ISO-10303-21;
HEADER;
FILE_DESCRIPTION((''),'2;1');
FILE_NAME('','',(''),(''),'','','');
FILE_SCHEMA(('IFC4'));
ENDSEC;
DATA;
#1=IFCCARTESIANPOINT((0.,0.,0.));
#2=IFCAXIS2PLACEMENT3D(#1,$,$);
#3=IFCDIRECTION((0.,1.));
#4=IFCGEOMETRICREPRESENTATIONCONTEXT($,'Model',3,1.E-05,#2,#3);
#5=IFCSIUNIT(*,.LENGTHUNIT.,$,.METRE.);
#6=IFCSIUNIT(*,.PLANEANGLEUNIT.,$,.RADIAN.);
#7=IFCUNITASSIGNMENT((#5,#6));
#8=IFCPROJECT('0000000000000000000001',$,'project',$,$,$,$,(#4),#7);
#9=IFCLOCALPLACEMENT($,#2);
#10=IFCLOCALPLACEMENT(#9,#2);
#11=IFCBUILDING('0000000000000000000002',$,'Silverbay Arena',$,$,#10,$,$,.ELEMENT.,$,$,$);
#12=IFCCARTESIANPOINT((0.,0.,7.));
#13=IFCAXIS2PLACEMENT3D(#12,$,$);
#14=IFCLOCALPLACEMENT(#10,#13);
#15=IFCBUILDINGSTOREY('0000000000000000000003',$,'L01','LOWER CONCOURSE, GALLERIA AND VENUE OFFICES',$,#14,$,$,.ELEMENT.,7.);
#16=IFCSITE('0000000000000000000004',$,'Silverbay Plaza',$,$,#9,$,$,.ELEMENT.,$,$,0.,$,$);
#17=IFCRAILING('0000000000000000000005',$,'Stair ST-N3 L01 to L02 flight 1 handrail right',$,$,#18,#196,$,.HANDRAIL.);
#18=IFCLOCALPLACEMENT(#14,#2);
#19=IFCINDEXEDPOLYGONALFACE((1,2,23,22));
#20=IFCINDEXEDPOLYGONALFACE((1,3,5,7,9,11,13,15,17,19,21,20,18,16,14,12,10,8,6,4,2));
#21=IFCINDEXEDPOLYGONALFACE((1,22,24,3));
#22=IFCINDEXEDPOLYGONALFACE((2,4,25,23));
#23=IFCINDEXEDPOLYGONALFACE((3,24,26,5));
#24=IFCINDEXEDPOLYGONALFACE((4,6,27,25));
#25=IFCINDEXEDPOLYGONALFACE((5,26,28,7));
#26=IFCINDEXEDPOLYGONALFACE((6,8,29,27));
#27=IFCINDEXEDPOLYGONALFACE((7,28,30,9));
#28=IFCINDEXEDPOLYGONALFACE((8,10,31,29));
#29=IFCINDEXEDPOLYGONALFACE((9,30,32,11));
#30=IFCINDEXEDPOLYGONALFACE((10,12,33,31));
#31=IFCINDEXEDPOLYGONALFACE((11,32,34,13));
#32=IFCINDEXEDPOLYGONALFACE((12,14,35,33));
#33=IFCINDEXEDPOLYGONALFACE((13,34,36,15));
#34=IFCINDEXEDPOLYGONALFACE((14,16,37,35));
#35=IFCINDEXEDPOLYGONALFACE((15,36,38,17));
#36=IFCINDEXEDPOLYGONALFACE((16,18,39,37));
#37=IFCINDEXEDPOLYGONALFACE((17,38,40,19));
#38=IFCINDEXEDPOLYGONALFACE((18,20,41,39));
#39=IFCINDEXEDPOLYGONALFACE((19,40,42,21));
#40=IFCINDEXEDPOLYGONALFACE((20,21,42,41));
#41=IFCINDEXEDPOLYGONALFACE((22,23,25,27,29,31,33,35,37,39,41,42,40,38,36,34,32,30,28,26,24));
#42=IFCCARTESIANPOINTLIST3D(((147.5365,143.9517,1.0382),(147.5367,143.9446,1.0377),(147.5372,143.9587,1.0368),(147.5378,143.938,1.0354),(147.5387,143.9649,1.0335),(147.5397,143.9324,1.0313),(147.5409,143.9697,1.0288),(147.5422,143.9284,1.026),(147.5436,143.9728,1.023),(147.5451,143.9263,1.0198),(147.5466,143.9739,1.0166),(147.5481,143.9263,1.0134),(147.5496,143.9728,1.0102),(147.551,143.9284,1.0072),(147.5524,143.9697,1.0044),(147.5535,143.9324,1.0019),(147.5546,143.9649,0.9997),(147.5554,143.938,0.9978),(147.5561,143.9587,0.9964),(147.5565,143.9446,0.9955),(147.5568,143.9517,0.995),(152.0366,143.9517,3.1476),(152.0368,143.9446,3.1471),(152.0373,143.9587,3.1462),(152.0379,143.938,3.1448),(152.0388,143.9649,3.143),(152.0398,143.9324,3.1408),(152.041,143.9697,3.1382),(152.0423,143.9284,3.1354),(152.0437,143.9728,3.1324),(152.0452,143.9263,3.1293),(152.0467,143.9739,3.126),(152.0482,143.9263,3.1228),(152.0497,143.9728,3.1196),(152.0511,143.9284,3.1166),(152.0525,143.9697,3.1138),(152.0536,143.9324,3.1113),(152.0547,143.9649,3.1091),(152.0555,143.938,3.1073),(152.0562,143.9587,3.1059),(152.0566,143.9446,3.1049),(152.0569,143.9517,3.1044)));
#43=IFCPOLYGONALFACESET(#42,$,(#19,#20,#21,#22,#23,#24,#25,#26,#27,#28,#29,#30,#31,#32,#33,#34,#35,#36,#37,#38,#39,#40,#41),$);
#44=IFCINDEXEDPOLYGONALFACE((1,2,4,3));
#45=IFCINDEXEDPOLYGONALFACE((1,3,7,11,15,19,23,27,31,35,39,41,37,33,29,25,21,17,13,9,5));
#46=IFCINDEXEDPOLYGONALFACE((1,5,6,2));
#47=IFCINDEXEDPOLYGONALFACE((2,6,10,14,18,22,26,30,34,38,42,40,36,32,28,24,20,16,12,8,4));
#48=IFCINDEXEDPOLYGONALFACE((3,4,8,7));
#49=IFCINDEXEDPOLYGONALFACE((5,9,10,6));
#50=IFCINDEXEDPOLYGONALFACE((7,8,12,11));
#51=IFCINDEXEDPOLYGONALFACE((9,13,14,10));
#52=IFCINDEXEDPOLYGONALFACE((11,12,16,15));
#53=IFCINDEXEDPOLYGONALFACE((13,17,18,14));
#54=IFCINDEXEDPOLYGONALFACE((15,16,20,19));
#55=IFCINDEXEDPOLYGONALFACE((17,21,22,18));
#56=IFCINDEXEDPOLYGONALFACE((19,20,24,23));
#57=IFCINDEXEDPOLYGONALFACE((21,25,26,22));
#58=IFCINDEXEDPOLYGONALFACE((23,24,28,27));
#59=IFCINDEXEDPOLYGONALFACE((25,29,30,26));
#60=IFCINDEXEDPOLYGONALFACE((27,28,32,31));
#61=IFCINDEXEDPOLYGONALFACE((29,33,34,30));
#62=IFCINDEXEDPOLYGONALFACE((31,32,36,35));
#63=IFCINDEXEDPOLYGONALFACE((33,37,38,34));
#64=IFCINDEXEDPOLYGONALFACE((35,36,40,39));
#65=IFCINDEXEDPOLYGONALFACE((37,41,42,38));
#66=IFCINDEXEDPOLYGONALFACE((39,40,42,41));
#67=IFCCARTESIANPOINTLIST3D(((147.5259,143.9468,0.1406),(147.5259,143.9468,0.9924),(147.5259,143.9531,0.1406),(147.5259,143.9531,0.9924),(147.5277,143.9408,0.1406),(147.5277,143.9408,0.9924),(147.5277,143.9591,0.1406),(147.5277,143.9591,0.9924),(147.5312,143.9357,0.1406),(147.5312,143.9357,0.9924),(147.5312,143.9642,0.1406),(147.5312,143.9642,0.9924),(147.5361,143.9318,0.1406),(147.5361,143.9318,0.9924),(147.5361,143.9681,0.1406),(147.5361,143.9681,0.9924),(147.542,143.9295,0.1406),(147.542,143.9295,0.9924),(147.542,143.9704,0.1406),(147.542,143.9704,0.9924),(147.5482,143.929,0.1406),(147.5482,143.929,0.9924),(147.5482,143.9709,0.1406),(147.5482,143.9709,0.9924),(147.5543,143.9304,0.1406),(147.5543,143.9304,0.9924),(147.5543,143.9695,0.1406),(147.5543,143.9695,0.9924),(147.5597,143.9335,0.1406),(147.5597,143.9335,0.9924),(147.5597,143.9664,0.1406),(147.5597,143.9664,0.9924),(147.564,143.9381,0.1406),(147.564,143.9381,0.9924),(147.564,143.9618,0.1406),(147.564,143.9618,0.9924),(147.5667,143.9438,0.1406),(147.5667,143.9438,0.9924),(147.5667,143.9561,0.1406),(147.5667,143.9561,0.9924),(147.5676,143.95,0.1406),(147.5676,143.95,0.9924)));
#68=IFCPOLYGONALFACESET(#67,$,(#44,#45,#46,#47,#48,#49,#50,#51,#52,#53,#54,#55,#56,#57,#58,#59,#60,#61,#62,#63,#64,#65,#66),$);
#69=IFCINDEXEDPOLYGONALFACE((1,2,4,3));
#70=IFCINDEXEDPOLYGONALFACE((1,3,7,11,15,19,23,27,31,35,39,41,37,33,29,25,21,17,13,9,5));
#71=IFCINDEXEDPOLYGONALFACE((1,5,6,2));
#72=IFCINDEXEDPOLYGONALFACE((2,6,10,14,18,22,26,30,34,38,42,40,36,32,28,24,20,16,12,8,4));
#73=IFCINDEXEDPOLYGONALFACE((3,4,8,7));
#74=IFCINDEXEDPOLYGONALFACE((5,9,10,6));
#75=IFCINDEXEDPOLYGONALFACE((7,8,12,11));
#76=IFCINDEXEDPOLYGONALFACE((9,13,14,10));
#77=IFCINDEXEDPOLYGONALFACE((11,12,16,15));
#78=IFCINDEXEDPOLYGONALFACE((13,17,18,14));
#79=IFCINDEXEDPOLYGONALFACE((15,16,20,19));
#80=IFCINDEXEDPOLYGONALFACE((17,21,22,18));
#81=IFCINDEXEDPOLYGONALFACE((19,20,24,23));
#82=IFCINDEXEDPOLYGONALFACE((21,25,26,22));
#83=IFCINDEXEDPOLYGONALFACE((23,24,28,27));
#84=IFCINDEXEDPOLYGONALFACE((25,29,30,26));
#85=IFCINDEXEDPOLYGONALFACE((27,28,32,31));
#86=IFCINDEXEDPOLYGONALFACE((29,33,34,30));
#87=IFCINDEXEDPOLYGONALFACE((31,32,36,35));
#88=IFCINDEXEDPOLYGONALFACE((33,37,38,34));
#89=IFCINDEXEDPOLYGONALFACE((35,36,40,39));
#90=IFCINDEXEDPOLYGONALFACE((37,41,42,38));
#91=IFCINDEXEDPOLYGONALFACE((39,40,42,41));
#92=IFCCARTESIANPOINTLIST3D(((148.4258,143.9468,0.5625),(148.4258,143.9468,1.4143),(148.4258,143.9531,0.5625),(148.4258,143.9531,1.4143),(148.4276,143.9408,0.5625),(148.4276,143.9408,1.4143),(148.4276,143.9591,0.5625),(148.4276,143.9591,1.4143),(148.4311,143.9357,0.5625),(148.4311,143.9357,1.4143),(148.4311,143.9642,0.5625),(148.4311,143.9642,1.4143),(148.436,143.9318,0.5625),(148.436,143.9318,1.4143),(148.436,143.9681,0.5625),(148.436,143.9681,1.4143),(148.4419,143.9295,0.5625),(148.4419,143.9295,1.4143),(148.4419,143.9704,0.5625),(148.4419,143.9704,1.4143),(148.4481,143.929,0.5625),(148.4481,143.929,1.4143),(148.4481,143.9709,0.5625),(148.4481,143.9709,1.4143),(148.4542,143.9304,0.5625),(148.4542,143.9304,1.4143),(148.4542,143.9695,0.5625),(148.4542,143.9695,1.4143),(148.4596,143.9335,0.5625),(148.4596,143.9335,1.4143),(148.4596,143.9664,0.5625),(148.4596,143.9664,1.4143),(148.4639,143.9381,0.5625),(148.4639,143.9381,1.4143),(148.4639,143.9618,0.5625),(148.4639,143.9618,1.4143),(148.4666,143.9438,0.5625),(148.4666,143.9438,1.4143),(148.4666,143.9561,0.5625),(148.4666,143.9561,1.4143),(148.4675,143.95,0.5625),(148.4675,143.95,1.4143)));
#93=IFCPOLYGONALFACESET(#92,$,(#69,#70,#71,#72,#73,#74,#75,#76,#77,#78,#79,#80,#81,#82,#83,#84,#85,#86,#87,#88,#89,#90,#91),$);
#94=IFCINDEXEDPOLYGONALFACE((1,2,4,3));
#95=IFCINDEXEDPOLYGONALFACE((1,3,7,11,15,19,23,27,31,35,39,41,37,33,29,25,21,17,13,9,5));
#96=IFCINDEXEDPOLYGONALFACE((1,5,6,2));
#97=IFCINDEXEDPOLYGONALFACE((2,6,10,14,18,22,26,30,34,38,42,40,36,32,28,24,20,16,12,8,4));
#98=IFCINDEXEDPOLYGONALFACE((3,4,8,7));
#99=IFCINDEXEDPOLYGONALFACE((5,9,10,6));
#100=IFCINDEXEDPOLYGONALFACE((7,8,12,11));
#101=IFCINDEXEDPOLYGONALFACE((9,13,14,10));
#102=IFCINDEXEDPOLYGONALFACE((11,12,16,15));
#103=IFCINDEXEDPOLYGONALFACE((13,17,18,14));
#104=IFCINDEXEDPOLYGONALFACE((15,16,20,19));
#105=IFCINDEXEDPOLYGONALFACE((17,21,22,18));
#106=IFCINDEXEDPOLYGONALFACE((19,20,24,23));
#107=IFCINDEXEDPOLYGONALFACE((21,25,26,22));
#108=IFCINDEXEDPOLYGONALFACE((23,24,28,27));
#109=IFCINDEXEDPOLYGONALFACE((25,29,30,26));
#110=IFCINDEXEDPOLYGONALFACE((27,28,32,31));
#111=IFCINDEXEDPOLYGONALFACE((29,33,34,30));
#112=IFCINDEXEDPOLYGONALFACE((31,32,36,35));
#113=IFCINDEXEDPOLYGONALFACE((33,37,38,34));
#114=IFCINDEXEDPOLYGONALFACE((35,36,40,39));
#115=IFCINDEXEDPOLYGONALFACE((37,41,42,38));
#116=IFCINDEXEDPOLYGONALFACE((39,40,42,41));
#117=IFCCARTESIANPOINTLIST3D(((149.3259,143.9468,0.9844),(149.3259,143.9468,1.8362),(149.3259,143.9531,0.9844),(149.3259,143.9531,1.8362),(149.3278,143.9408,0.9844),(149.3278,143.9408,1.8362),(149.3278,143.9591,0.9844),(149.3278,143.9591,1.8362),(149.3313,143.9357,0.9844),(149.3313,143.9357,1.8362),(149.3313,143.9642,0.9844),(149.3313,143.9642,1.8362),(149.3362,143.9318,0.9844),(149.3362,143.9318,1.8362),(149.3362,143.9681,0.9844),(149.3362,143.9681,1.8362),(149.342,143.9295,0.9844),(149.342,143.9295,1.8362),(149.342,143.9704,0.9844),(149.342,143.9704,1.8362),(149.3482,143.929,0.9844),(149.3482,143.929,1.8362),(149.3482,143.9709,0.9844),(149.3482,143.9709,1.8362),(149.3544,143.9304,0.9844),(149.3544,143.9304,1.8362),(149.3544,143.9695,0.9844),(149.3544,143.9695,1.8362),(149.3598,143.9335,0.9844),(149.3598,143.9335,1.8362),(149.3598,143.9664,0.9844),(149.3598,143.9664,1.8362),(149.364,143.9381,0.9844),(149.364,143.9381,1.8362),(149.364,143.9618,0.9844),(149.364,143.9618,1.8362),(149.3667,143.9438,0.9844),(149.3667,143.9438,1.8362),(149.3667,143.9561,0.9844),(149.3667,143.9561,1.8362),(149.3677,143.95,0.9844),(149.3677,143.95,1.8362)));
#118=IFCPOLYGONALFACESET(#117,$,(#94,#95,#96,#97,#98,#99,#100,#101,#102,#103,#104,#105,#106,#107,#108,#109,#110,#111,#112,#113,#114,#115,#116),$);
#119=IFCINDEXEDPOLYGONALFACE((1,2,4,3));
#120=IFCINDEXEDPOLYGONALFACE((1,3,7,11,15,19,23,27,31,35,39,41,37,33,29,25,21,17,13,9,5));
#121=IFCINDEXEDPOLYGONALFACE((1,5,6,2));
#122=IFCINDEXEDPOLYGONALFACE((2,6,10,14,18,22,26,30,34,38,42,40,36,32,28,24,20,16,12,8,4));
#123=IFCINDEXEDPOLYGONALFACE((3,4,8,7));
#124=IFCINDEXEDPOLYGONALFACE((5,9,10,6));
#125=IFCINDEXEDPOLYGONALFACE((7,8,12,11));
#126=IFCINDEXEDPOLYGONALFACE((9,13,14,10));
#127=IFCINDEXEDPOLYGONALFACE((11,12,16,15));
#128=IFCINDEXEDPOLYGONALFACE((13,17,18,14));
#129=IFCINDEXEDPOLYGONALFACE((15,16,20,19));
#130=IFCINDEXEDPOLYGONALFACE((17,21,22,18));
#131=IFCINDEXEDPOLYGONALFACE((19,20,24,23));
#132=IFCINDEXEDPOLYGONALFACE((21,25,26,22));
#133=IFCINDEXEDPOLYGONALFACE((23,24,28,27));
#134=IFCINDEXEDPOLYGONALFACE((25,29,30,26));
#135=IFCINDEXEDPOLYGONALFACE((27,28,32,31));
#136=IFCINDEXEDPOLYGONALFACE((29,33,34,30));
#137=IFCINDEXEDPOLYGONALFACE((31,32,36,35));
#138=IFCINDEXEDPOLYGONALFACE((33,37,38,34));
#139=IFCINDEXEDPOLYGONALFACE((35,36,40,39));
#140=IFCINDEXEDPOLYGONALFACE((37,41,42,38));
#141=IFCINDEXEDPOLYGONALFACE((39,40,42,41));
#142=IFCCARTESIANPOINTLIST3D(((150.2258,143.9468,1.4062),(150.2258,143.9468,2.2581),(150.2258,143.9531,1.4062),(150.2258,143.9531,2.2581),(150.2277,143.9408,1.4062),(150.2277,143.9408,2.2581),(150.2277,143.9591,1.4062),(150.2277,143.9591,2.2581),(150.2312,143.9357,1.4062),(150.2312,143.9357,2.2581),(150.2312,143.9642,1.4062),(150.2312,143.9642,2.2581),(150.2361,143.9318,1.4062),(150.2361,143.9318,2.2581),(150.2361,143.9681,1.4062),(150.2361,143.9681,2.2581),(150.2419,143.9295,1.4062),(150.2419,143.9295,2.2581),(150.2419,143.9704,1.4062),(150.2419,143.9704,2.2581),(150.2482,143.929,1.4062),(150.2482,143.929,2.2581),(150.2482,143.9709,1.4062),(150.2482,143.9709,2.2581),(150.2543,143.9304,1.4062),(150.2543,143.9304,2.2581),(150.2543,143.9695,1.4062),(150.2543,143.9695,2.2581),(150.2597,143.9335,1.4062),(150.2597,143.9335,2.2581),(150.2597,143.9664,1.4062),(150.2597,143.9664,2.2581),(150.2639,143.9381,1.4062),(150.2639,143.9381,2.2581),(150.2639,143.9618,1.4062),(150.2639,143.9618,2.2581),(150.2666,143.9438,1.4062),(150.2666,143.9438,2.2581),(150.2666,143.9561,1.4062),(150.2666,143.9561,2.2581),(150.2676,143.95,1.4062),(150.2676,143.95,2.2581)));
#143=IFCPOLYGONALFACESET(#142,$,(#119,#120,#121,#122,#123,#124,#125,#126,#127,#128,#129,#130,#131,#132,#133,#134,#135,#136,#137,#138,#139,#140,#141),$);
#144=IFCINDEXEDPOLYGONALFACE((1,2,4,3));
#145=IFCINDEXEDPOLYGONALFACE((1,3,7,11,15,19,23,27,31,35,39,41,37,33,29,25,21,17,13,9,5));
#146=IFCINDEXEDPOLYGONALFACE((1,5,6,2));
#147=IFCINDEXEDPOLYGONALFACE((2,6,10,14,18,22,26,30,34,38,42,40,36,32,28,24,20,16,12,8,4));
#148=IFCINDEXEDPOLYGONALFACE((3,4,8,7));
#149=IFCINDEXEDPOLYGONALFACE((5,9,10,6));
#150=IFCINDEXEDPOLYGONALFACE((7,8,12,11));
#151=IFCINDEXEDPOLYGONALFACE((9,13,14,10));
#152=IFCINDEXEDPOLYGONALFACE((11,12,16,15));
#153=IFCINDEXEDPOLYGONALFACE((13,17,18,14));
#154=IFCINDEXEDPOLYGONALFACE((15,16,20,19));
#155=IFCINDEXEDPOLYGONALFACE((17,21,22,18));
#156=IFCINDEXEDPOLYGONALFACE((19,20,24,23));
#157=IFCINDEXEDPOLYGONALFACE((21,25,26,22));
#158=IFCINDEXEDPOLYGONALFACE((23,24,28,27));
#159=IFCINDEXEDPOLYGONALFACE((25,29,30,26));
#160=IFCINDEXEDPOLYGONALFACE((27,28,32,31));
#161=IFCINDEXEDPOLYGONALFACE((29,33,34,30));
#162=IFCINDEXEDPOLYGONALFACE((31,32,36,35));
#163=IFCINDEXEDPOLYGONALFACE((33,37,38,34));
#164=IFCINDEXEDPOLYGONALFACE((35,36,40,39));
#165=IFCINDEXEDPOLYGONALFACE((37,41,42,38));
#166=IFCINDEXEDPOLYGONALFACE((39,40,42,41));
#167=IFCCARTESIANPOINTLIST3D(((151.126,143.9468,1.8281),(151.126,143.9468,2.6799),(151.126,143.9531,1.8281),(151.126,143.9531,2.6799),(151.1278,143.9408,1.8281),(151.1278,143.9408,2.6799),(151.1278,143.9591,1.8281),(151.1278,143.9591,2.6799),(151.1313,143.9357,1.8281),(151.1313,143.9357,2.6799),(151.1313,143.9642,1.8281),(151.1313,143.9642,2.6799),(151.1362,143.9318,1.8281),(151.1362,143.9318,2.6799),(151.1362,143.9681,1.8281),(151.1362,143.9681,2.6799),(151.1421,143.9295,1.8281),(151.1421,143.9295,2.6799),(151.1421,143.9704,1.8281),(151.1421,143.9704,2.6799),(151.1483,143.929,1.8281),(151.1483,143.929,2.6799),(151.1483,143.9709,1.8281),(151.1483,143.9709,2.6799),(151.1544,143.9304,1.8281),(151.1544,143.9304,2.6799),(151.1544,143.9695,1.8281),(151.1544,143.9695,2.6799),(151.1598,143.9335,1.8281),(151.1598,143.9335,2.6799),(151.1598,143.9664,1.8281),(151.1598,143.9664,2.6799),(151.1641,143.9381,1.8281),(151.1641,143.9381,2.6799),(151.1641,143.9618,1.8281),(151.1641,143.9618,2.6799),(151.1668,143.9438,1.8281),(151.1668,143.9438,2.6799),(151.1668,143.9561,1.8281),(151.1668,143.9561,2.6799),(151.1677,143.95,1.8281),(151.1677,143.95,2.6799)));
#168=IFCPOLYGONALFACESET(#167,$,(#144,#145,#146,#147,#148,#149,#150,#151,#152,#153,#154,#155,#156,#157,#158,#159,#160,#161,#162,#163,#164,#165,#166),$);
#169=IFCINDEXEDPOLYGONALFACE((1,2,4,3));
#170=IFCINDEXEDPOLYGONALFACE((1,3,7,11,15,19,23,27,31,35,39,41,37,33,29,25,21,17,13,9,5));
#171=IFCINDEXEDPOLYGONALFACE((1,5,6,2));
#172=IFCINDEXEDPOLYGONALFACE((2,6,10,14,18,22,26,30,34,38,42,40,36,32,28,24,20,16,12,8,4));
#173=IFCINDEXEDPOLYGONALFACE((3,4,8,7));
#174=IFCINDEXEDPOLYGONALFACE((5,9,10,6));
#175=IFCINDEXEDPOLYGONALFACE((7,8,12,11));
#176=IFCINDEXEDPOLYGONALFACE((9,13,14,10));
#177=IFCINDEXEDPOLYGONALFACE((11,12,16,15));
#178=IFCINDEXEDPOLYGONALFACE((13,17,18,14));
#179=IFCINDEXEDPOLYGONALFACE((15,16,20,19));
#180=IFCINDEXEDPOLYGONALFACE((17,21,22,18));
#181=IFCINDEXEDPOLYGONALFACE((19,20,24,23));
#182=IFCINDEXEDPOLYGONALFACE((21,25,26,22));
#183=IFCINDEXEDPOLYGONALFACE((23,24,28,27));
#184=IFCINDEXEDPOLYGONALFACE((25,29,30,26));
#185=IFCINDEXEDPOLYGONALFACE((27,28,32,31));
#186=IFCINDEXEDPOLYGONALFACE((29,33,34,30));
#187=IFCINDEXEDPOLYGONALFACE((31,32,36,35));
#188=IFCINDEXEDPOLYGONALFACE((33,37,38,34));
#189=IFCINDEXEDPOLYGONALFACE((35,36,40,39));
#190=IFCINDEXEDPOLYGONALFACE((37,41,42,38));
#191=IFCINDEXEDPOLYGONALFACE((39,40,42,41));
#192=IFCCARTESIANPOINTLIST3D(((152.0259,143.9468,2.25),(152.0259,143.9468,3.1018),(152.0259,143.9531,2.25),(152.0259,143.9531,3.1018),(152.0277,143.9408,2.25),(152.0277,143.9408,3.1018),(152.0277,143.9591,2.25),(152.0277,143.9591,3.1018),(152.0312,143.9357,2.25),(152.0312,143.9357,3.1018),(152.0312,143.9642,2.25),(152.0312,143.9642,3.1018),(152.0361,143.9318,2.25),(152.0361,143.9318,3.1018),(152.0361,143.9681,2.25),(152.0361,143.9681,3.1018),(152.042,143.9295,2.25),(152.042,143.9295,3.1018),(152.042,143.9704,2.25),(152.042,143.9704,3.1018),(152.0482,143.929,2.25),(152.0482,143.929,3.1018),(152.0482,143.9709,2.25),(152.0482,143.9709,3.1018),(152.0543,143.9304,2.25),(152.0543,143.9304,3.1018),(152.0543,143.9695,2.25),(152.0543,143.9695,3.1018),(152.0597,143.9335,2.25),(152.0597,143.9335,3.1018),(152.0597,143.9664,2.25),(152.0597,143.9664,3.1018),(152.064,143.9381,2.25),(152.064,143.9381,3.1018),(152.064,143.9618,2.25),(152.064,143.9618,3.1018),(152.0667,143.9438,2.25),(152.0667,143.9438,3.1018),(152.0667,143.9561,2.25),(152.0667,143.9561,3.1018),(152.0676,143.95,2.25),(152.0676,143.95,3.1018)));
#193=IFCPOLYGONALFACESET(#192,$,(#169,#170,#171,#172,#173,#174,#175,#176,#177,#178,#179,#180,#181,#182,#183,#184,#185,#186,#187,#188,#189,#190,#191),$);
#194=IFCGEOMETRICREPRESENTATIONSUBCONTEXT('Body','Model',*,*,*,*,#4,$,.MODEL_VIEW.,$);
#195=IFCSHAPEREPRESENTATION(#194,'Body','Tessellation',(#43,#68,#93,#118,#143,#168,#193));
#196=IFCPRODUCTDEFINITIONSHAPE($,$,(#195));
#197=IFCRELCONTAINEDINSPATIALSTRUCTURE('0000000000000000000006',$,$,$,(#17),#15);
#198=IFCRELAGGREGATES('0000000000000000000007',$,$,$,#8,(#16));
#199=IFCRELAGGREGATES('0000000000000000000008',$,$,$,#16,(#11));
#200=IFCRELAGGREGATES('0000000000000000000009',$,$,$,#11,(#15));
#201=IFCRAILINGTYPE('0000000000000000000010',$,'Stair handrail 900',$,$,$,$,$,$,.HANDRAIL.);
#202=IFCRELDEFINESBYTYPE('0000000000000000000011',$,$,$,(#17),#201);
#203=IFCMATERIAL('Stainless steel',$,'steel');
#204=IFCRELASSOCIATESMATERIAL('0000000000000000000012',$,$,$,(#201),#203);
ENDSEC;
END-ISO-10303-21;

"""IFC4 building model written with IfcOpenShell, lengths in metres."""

from ifc_helpers import new_model, si_unit, direction, frame, origin, origin_2d, place, context, subcontext, project, spatial, circle, extrude, material, type_object, element, save


model = new_model("IFC4")

# Units and contexts
model_context = context("Model", 3, precision=1e-05, world=origin(), true_north=direction((0.0, 1.0)))
body_context = subcontext(model_context, "Body", "Model", "MODEL_VIEW")
ifc_project = project(units=[si_unit("LENGTHUNIT", "METRE"), si_unit("PLANEANGLEUNIT", "RADIAN")], contexts=[model_context])

# Site, building, storey
site_placement = place(None, origin())
site = spatial("IfcSite", under=ifc_project, at=site_placement, Name="Silverbay Plaza", CompositionType="ELEMENT", RefElevation=0.0)
building_placement = place(site_placement, origin())
building = spatial("IfcBuilding", under=site, at=building_placement, Name="Silverbay Arena", CompositionType="ELEMENT")
storey_placement = place(building_placement, frame((0.0, 0.0, 7.0)))
storey = spatial("IfcBuildingStorey", under=building, at=storey_placement, Name="L01", Description="LOWER CONCOURSE, GALLERIA AND VENUE OFFICES", CompositionType="ELEMENT", Elevation=7.0)

# Railing
ifc_material_1 = material(Name="Stainless steel", Category="steel")
railing_type_1 = type_object("IfcRailingType", Name="Stair handrail 900", PredefinedType="HANDRAIL", material=ifc_material_1)
for number, where, name in (
    (1, (147.5466, 143.95, 0.1406), "Stair ST-N3 L01 to L02 flight 1 handrail right"),
):
    element("IfcRailing", number, at=place(storey_placement, frame(where)), inside=storey, type_object=railing_type_1, Name=name, PredefinedType="HANDRAIL", context=body_context, shape_type="SweptSolid", body=[
        extrude(circle(Radius=0.0239, at=origin_2d()), frame((0.0, 0.0, 0.876), z_axis=(0.905459, 0.0, 0.424434), x_axis=(0.0, 1.0, 0.0)), (0.0, 0.0, 1.0), 4.97),
        extrude(circle(Radius=0.021, at=origin_2d()), origin(), (0.0, 0.0, 1.0), 0.8518),
        extrude(circle(Radius=0.021, at=origin_2d()), frame((0.8999, 0.0, 0.4219)), (0.0, 0.0, 1.0), 0.8518),
        extrude(circle(Radius=0.021, at=origin_2d()), frame((1.8, 0.0, 0.8438)), (0.0, 0.0, 1.0), 0.8518),
        extrude(circle(Radius=0.021, at=origin_2d()), frame((2.7, 0.0, 1.2656)), (0.0, 0.0, 1.0), 0.8518),
        extrude(circle(Radius=0.021, at=origin_2d()), frame((3.6001, 0.0, 1.6875)), (0.0, 0.0, 1.0), 0.8518),
        extrude(circle(Radius=0.021, at=origin_2d()), frame((4.5, 0.0, 2.1094)), (0.0, 0.0, 1.0), 0.8518),
    ])

save(model, "model.ifc")
